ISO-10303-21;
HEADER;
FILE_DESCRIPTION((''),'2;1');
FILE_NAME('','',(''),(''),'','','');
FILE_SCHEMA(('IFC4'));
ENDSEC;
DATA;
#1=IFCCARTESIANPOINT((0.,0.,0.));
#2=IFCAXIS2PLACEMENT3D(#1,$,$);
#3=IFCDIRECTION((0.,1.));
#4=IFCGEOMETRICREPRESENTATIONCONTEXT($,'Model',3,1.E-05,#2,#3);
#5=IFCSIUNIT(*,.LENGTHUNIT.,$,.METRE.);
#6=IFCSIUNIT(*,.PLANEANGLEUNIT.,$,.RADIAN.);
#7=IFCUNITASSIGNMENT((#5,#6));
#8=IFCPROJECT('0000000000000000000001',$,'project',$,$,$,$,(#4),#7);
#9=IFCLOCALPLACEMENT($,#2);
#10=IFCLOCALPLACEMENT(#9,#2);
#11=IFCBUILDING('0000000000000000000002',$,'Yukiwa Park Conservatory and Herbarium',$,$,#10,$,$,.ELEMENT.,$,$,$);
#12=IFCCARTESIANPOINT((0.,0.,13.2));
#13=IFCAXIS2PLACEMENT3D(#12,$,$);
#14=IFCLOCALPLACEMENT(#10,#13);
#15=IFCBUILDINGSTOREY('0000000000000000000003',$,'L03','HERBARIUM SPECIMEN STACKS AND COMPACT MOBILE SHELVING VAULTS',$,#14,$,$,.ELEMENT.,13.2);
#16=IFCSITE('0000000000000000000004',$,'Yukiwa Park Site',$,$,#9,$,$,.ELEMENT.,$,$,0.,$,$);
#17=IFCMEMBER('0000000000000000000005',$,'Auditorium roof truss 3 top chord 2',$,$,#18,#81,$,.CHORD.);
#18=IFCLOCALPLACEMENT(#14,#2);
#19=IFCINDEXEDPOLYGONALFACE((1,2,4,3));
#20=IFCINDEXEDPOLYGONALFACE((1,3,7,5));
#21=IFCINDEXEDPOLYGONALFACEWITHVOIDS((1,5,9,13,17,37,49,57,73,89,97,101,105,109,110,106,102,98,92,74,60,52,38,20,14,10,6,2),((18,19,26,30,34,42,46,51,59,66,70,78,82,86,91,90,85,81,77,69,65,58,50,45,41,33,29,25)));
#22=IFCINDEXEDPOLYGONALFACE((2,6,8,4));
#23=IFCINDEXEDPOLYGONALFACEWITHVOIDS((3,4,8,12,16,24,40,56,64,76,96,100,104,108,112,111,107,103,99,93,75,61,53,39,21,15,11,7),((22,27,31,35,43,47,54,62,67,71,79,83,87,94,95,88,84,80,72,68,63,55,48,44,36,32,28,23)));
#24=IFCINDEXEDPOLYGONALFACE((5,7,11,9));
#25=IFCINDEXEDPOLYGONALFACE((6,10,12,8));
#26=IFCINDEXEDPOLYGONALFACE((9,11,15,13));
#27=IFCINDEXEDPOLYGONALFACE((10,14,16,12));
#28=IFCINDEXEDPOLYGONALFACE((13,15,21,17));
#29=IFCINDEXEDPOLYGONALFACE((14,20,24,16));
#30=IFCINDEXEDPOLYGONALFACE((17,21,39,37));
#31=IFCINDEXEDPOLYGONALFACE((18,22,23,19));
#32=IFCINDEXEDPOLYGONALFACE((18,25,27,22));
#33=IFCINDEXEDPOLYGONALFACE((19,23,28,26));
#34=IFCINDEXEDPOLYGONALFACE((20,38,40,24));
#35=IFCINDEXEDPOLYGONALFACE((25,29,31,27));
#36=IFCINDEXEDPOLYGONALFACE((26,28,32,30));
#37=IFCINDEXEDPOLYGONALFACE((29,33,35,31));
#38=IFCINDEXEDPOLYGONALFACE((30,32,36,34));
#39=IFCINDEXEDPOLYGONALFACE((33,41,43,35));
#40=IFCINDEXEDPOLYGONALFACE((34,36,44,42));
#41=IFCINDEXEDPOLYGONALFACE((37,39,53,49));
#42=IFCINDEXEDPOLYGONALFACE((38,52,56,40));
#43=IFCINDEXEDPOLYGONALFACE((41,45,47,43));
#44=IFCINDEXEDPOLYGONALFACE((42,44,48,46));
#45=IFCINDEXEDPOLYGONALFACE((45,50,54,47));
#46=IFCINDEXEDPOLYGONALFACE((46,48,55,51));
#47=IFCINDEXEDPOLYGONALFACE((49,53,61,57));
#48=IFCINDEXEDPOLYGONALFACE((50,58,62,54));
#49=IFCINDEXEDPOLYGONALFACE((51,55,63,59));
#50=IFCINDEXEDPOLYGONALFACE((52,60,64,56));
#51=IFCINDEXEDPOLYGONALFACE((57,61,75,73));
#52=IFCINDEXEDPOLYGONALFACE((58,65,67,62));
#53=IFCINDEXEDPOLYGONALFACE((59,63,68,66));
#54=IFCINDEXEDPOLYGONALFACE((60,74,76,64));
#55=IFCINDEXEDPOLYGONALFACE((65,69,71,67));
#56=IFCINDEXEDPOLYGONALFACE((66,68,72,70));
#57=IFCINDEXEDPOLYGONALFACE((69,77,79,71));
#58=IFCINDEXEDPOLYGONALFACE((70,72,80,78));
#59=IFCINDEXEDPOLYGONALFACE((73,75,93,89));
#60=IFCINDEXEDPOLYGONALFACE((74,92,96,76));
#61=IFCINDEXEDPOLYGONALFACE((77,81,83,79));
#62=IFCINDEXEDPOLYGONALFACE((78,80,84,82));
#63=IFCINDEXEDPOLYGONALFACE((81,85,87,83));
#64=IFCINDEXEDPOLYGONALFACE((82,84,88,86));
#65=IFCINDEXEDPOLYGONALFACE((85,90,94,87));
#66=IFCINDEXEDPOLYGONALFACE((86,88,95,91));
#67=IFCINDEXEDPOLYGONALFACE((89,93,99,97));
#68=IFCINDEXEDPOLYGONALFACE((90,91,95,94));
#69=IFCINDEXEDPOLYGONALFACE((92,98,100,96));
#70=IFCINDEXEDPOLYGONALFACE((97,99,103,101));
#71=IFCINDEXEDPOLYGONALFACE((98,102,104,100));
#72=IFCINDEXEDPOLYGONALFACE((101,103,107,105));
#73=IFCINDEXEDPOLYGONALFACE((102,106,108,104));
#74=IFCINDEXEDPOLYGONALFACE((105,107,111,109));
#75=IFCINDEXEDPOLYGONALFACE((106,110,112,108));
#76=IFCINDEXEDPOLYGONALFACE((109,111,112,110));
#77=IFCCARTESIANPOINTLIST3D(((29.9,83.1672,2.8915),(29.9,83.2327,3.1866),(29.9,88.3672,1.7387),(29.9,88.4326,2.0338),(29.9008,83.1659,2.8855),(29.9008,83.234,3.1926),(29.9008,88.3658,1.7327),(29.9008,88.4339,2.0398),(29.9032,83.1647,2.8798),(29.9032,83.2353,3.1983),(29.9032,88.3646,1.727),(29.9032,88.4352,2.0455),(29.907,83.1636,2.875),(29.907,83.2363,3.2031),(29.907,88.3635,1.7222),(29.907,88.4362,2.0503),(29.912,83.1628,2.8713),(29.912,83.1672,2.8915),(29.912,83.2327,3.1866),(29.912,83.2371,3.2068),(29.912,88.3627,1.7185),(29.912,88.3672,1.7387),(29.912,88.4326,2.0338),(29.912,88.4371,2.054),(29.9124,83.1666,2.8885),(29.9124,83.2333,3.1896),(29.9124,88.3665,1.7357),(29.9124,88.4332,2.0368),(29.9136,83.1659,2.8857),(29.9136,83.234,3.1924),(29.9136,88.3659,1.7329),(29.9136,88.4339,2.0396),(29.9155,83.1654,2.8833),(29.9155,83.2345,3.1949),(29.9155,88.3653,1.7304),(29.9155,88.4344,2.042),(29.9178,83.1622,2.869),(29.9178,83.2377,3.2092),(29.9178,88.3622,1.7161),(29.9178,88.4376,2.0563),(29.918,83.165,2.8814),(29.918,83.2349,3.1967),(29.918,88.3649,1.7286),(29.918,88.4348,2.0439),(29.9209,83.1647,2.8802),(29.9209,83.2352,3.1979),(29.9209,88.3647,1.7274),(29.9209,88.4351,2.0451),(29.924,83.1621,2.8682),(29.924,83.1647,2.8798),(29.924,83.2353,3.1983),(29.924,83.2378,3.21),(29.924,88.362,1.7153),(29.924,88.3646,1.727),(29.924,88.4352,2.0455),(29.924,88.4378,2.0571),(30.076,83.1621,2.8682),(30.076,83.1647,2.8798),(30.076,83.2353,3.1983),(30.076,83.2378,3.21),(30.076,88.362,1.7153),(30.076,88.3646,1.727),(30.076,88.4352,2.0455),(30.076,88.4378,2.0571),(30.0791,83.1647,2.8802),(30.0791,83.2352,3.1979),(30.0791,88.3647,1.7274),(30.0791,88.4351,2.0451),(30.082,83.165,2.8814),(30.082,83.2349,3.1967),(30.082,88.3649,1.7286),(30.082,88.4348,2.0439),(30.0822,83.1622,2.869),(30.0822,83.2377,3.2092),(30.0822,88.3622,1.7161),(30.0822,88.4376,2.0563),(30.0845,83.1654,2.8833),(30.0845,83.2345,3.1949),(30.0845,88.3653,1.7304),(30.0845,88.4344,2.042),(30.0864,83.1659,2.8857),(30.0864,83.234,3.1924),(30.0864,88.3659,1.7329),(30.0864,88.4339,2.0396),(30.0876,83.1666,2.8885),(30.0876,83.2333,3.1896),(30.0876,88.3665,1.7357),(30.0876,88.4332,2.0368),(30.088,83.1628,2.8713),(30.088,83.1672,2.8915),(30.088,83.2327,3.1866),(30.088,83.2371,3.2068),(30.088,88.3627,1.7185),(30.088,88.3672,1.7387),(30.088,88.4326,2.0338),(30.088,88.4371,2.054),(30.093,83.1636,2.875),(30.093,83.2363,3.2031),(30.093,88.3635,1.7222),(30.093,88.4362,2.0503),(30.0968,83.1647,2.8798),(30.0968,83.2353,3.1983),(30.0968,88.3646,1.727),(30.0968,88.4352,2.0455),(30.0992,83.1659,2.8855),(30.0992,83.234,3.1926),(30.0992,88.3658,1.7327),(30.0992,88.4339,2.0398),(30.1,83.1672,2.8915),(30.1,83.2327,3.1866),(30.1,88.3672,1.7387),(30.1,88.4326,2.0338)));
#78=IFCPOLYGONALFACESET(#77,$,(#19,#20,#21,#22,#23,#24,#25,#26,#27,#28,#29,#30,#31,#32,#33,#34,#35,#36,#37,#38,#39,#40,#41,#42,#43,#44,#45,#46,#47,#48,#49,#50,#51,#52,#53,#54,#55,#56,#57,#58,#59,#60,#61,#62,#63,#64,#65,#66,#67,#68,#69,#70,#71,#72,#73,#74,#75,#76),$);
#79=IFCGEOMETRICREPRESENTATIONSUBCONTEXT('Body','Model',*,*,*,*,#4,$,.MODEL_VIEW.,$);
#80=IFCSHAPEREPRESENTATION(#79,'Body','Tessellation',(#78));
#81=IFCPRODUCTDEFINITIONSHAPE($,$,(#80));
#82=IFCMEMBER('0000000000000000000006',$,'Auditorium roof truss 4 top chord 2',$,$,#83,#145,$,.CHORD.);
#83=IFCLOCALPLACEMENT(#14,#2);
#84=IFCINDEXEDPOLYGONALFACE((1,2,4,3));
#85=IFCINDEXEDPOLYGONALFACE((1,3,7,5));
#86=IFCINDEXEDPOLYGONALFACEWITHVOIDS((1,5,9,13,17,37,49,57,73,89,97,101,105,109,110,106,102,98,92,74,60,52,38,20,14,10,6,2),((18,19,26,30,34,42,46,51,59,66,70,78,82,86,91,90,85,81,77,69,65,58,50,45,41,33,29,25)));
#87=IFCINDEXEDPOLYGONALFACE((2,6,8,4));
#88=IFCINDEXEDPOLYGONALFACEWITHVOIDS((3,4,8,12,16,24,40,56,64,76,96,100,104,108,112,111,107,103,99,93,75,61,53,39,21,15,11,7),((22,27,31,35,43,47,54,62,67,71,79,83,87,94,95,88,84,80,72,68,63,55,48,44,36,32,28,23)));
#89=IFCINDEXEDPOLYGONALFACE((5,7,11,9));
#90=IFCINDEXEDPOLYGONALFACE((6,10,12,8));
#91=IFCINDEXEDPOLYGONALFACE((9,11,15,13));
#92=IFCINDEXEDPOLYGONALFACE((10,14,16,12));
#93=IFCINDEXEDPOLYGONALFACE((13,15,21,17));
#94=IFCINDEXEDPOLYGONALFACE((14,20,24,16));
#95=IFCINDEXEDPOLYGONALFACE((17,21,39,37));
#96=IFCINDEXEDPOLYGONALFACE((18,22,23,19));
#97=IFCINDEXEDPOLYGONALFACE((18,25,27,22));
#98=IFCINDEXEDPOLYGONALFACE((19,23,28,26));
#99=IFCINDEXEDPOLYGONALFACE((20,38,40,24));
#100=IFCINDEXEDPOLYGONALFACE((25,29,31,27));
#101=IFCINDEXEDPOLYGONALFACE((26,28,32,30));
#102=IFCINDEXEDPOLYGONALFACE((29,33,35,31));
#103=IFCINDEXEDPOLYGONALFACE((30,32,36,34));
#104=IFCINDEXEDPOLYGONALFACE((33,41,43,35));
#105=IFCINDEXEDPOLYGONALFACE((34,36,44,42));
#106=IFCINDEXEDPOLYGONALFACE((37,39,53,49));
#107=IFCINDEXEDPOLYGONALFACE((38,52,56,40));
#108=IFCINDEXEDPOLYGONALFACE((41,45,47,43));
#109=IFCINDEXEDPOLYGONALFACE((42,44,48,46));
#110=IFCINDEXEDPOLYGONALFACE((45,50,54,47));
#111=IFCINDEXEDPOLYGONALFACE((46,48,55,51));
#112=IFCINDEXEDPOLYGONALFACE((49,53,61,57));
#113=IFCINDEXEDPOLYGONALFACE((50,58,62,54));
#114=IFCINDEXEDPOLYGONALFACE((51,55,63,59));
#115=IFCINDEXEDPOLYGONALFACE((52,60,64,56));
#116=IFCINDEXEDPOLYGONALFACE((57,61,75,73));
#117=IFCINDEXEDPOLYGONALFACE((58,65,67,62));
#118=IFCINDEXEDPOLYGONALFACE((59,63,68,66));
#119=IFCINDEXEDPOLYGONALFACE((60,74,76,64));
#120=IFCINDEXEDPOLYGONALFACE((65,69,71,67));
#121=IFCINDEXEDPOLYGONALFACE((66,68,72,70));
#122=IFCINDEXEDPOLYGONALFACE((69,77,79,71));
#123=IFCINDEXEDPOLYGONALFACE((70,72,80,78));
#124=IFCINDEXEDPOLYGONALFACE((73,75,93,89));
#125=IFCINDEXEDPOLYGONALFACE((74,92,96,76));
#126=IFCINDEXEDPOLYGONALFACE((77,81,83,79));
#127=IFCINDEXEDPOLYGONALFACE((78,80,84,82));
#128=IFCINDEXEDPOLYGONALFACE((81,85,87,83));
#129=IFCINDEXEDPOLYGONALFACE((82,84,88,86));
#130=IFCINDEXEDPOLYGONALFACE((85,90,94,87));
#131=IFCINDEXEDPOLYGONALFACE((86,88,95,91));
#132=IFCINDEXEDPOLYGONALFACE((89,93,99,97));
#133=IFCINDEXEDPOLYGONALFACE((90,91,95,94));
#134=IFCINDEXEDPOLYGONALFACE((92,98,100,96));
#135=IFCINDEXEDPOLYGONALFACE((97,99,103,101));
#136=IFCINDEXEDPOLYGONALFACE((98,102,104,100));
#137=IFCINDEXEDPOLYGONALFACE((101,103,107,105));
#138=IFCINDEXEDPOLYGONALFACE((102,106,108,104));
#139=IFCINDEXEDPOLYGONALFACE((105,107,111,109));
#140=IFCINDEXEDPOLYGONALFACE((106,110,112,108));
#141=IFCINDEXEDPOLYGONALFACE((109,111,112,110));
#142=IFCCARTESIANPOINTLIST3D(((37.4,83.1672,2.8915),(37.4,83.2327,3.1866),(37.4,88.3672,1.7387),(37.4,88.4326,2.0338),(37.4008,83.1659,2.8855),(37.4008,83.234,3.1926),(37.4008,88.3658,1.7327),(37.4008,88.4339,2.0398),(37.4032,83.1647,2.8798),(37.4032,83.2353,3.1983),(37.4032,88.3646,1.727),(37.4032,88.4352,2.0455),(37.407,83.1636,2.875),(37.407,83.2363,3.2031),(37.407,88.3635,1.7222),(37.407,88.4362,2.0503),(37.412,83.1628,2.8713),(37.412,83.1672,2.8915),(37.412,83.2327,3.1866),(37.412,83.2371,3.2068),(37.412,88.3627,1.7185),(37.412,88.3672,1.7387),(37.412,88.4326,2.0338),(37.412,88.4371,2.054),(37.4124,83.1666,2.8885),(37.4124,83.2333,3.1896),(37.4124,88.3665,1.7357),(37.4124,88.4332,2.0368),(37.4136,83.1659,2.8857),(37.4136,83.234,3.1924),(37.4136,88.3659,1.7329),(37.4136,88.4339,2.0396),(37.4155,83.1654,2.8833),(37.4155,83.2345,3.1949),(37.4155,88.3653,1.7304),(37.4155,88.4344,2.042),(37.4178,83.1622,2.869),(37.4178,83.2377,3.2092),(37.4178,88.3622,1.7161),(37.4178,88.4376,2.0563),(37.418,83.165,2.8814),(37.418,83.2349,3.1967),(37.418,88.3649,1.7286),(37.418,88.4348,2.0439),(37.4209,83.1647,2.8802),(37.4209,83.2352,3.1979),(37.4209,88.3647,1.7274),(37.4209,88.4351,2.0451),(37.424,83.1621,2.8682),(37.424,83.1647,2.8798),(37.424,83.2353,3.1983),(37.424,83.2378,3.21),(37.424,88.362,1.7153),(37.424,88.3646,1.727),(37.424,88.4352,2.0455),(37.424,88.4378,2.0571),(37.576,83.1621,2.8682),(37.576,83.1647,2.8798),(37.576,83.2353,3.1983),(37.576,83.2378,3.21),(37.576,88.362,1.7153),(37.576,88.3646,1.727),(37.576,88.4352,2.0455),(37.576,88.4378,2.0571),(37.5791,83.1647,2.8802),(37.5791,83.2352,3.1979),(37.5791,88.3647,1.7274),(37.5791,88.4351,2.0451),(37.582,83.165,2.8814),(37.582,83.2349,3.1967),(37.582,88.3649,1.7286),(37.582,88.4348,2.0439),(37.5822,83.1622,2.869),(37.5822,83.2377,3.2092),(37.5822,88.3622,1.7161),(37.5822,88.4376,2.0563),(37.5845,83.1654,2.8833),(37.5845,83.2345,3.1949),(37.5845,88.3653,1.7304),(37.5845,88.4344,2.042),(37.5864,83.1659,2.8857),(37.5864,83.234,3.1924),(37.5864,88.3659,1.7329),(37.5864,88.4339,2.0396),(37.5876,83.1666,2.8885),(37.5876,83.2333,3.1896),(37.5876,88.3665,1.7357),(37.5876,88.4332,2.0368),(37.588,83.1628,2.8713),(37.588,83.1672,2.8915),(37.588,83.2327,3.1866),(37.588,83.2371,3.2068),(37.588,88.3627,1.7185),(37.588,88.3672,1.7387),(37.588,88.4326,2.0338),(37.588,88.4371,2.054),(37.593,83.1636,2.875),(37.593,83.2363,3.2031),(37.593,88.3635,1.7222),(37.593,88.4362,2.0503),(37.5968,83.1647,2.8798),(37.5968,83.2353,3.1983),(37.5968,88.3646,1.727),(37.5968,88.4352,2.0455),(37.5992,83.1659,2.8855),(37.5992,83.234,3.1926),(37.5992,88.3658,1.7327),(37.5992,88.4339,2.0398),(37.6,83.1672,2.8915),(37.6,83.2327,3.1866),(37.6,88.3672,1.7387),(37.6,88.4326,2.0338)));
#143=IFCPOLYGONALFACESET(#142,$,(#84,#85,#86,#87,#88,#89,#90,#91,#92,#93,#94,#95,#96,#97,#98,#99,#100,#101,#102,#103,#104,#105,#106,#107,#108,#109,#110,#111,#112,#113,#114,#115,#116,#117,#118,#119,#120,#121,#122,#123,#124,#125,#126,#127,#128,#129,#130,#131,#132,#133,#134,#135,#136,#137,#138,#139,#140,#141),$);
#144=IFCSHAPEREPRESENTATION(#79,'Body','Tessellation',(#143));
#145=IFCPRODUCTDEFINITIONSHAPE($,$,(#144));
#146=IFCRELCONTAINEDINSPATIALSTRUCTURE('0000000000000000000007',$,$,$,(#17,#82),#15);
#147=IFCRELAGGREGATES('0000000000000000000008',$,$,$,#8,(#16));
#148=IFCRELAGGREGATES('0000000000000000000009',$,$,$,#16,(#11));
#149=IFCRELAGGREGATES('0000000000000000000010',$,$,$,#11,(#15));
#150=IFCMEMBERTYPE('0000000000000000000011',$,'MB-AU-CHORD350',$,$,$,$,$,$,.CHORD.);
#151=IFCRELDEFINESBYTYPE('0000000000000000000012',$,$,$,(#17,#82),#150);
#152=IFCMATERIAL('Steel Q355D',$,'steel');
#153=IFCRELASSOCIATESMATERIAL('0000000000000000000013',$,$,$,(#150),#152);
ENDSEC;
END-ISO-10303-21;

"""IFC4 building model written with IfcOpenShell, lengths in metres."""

from ifc_helpers import new_model, si_unit, direction, frame, origin, origin_2d, place, context, subcontext, project, spatial, hollow_rectangle, extrude, material, material_profile, profile_set, type_object, element, save


model = new_model("IFC4")

# Units and contexts
model_context = context("Model", 3, precision=1e-05, world=origin(), true_north=direction((0.0, 1.0)))
body_context = subcontext(model_context, "Body", "Model", "MODEL_VIEW")
ifc_project = project(units=[si_unit("LENGTHUNIT", "METRE"), si_unit("PLANEANGLEUNIT", "RADIAN")], contexts=[model_context])

# Site, building, storey
site_placement = place(None, origin())
site = spatial("IfcSite", under=ifc_project, at=site_placement, Name="Yukiwa Park Site", CompositionType="ELEMENT", RefElevation=0.0)
building_placement = place(site_placement, origin())
building = spatial("IfcBuilding", under=site, at=building_placement, Name="Yukiwa Park Conservatory and Herbarium", CompositionType="ELEMENT")
storey_placement = place(building_placement, frame((0.0, 0.0, 13.2)))
storey = spatial("IfcBuildingStorey", under=building, at=storey_placement, Name="L03", Description="HERBARIUM SPECIMEN STACKS AND COMPACT MOBILE SHELVING VAULTS", CompositionType="ELEMENT", Elevation=13.2)

# Members
ifc_material_1 = material(Name="Steel Q355D", Category="steel")
ifc_material_profile_1 = material_profile(ifc_material_1, hollow_rectangle(XDim=0.2, YDim=0.3501, WallThickness=0.012, InnerFilletRadius=0.012, OuterFilletRadius=0.0239, at=origin_2d()), Name="RHS 350x200x12")
ifc_profile_set_1 = profile_set([ifc_material_profile_1], Name="Steel Q355D")
member_type_1 = type_object("IfcMemberType", Name="MB-AU-CHORD350", PredefinedType="CHORD", material=ifc_profile_set_1)
for number, where, z_axis, x_axis, name in (
    (1, (30.0, 83.2, 3.0391), (0.0, 0.976295, -0.216445), (-1.0, 0.0, 0.0), "Auditorium roof truss 3 top chord 2"),
    (2, (37.5, 83.2, 3.0391), (0.0, 0.976295, -0.216445), (-1.0, 0.0, 0.0), "Auditorium roof truss 4 top chord 2"),
):
    element("IfcMember", number, at=place(storey_placement, frame(where, z_axis=z_axis, x_axis=x_axis)), inside=storey, type_object=member_type_1, Name=name, PredefinedType="CHORD", context=body_context, shape_type="SweptSolid", body=[
        extrude(hollow_rectangle(XDim=0.2, YDim=0.3501, WallThickness=0.012, InnerFilletRadius=0.012, OuterFilletRadius=0.0239, at=origin_2d()), origin(), (0.0, 0.0, 1.0), 5.3262),
    ])

save(model, "model.ifc")
